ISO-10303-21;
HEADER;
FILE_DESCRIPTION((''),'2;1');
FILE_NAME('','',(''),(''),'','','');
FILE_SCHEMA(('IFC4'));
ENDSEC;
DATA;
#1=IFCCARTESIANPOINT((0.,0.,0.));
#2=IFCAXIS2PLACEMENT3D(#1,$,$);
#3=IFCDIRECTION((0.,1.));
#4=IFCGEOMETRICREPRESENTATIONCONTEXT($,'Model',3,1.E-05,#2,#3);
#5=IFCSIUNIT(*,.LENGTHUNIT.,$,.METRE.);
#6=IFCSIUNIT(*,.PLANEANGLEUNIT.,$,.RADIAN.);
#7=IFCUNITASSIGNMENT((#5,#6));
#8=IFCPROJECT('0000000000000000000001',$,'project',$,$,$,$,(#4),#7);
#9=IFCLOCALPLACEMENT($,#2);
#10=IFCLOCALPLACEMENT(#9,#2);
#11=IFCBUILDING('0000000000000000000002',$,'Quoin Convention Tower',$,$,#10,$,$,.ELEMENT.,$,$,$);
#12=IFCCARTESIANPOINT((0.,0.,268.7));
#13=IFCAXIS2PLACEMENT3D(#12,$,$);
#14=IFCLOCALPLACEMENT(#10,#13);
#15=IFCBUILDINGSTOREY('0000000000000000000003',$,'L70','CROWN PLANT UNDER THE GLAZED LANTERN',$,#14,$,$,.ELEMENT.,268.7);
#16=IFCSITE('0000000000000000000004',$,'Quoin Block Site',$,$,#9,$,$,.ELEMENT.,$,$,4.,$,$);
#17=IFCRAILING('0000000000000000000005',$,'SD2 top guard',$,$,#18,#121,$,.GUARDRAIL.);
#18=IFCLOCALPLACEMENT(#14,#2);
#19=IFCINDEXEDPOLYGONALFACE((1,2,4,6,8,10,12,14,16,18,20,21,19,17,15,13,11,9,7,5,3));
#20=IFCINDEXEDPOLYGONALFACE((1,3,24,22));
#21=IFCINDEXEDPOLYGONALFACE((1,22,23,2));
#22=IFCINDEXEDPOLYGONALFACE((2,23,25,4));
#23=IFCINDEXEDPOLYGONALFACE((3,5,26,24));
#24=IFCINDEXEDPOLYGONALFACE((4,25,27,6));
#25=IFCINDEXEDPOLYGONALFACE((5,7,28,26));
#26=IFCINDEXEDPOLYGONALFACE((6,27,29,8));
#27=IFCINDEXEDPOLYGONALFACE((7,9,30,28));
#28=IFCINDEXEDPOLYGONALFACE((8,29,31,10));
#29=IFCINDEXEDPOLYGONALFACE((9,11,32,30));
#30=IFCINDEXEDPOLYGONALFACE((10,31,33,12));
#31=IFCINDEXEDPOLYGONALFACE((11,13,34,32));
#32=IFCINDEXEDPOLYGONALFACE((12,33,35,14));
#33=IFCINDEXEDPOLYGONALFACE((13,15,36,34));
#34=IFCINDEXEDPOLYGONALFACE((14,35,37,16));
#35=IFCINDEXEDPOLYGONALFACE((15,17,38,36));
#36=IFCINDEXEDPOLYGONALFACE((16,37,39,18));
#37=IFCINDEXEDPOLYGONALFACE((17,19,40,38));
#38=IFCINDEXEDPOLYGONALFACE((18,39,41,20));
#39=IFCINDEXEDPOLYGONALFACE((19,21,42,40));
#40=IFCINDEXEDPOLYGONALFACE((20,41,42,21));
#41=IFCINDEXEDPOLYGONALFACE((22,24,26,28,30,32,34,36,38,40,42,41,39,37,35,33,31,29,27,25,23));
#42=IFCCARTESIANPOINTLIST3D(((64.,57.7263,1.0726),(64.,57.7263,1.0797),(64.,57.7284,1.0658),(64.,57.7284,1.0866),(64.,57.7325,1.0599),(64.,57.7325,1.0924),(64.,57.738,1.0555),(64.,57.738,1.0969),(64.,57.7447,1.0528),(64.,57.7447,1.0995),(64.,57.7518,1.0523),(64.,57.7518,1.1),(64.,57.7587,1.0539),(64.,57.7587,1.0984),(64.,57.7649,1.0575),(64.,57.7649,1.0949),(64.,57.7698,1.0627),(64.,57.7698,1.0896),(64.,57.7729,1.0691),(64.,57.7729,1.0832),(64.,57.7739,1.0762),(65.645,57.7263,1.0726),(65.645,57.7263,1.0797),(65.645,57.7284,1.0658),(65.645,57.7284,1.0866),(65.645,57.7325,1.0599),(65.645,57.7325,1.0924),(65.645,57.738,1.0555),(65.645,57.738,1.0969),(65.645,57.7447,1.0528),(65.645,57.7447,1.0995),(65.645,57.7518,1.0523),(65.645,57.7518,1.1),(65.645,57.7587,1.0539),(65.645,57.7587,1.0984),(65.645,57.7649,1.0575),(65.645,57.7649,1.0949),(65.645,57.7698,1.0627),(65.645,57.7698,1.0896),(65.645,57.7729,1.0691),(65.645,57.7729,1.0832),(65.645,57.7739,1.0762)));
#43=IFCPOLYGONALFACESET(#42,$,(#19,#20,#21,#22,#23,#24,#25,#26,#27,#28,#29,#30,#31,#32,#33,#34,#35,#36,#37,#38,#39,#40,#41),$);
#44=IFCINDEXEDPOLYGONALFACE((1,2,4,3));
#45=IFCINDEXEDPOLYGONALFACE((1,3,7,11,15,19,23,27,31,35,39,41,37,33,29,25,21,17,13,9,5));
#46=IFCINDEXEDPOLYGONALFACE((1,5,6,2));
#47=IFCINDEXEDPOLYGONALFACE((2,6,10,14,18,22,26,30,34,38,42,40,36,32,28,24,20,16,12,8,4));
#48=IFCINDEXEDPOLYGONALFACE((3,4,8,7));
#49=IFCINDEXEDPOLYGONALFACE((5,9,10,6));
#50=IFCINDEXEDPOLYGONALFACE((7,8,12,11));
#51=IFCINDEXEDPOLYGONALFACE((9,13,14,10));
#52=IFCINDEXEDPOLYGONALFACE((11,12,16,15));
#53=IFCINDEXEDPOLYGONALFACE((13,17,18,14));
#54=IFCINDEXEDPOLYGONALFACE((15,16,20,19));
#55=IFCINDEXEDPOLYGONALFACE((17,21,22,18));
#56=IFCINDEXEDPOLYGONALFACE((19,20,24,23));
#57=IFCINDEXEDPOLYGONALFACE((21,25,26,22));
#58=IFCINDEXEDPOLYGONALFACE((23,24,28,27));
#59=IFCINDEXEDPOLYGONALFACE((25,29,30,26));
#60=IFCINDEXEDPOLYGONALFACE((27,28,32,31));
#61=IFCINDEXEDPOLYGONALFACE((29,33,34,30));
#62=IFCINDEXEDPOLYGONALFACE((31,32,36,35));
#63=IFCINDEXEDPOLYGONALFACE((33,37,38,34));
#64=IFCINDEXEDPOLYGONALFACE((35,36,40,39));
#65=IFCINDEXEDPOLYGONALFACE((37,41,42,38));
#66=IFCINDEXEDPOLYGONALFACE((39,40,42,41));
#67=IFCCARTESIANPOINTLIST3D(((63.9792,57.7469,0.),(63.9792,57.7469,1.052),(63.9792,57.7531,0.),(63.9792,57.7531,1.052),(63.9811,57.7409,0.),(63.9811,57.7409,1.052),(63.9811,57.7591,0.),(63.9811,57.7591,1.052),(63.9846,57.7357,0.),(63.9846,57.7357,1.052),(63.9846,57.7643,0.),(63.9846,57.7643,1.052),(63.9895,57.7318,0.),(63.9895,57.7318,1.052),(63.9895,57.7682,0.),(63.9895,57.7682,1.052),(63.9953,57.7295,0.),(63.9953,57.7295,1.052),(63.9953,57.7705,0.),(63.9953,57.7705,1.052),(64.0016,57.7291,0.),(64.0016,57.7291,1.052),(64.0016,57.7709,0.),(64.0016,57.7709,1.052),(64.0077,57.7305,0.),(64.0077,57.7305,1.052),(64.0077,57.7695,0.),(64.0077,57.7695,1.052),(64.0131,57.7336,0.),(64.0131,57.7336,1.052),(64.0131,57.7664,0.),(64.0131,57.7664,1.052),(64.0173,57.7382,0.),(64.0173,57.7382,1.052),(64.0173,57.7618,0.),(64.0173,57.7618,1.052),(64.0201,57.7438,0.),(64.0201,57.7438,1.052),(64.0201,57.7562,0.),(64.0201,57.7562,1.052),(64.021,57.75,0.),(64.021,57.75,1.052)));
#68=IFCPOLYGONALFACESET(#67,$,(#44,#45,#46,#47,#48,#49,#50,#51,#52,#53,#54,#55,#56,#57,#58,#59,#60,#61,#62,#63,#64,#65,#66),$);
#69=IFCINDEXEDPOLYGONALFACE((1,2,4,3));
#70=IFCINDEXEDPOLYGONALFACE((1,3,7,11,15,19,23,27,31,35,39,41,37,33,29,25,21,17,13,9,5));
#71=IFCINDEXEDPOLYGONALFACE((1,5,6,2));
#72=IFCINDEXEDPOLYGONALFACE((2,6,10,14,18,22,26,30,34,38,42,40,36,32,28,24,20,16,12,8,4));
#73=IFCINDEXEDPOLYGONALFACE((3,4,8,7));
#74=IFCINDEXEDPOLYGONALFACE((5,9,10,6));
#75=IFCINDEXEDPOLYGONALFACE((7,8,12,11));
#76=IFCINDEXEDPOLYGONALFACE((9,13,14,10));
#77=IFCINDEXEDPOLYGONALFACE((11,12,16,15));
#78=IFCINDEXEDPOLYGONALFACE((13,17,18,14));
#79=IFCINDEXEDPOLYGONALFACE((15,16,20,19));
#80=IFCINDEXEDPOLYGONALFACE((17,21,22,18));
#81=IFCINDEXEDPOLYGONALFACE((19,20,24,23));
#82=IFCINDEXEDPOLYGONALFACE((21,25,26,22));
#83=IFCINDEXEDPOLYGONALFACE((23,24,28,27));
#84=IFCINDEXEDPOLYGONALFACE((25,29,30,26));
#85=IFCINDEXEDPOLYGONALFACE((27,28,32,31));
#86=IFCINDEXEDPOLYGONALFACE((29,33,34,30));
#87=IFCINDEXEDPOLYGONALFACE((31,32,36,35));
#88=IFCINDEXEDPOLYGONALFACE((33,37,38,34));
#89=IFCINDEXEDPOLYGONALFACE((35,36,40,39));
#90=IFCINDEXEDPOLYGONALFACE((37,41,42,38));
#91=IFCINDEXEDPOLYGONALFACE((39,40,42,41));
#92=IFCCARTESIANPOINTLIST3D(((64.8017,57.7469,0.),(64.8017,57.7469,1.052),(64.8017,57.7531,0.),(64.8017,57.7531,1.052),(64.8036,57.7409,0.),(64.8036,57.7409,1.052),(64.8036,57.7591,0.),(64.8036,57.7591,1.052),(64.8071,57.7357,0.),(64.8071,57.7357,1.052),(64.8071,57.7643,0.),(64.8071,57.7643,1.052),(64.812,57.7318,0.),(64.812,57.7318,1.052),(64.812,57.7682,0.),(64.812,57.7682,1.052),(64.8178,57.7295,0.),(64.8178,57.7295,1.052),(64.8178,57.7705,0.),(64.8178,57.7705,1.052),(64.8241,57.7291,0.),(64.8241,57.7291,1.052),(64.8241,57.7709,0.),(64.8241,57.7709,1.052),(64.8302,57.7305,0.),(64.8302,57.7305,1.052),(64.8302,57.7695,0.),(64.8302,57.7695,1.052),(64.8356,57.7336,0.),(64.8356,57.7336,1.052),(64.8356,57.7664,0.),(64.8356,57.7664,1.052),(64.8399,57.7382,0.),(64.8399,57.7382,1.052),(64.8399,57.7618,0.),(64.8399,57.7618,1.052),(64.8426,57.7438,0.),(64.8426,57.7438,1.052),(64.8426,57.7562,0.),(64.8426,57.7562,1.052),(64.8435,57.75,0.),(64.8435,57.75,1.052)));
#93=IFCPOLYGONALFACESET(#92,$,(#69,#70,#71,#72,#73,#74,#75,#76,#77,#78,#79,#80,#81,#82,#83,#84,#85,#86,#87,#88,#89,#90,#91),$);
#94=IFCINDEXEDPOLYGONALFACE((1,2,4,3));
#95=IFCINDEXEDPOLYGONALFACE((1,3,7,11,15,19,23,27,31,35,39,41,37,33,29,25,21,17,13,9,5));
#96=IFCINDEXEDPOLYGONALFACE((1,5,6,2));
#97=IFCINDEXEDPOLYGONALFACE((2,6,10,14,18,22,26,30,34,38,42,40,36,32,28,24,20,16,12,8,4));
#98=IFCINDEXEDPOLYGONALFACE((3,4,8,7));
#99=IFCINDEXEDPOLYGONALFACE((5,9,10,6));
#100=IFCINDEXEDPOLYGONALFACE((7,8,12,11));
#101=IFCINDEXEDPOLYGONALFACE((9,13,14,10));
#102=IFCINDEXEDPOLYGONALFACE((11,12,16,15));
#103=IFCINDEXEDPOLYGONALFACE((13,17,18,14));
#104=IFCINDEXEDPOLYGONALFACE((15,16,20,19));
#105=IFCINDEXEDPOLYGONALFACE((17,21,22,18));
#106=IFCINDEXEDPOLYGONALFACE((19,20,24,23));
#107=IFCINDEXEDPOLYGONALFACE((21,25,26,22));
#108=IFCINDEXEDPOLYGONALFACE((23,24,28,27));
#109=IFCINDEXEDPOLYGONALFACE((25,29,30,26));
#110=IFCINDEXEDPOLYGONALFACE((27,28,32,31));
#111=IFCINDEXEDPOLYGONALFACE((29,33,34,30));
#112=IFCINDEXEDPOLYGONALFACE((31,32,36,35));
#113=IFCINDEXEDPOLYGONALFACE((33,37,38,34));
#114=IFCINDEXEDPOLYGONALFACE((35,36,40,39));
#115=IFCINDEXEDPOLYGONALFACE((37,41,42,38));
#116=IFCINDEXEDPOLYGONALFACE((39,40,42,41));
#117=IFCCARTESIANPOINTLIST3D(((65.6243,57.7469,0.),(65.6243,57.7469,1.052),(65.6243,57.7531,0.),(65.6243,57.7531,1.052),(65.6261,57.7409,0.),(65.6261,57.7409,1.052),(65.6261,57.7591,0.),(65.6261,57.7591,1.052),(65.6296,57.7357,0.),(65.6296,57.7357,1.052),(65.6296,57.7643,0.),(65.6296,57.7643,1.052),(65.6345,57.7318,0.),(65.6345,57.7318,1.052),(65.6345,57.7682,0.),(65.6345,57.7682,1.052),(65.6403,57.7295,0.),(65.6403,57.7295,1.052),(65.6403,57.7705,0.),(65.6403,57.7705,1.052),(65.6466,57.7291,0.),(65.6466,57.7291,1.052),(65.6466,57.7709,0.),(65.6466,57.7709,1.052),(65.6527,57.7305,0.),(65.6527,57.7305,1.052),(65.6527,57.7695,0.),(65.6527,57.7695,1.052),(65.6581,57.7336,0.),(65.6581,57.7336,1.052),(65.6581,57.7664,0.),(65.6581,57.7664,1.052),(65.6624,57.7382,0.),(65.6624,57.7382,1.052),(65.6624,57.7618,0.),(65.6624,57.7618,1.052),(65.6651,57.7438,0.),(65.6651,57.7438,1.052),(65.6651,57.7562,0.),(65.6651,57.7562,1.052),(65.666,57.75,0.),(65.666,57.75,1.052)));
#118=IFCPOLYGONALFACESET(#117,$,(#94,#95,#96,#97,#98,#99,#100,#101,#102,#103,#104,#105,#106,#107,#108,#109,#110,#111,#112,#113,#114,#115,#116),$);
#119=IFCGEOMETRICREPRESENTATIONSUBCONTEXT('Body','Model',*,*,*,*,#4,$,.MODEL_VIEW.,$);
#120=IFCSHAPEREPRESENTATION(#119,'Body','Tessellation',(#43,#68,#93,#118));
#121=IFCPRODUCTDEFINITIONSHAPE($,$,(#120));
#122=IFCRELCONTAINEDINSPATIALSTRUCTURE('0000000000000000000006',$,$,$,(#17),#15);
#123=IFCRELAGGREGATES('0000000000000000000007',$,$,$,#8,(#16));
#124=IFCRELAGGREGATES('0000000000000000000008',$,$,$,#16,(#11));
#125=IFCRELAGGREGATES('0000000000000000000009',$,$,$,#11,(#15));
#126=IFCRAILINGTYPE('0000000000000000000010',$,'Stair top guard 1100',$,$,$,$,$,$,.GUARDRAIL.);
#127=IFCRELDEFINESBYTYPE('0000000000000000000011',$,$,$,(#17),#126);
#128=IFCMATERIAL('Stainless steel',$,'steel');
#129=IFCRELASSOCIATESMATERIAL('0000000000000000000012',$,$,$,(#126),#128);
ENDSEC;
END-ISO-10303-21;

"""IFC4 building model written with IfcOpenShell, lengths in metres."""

from ifc_helpers import new_model, si_unit, direction, frame, origin, origin_2d, place, context, subcontext, project, spatial, circle, extrude, material, type_object, element, save


model = new_model("IFC4")

# Units and contexts
model_context = context("Model", 3, precision=1e-05, world=origin(), true_north=direction((0.0, 1.0)))
body_context = subcontext(model_context, "Body", "Model", "MODEL_VIEW")
ifc_project = project(units=[si_unit("LENGTHUNIT", "METRE"), si_unit("PLANEANGLEUNIT", "RADIAN")], contexts=[model_context])

# Site, building, storey
site_placement = place(None, origin())
site = spatial("IfcSite", under=ifc_project, at=site_placement, Name="Quoin Block Site", CompositionType="ELEMENT", RefElevation=4.0)
building_placement = place(site_placement, origin())
building = spatial("IfcBuilding", under=site, at=building_placement, Name="Quoin Convention Tower", CompositionType="ELEMENT")
storey_placement = place(building_placement, frame((0.0, 0.0, 268.7)))
storey = spatial("IfcBuildingStorey", under=building, at=storey_placement, Name="L70", Description="CROWN PLANT UNDER THE GLAZED LANTERN", CompositionType="ELEMENT", Elevation=268.7)

# Railing
ifc_material_1 = material(Name="Stainless steel", Category="steel")
railing_type_1 = type_object("IfcRailingType", Name="Stair top guard 1100", PredefinedType="GUARDRAIL", material=ifc_material_1)
railing_1_placement = place(storey_placement, frame((64.0, 57.75, 0.0)))
element("IfcRailing", 1, at=railing_1_placement, inside=storey, type_object=railing_type_1, Name="SD2 top guard", PredefinedType="GUARDRAIL", context=body_context, shape_type="SweptSolid", body=[
    extrude(circle(Radius=0.0239, at=origin_2d()), frame((0.0, 0.0, 1.0762), z_axis=(1.0, 0.0, 0.0), x_axis=(0.0, 1.0, 0.0)), (0.0, 0.0, 1.0), 1.645),
    extrude(circle(Radius=0.021, at=origin_2d()), origin(), (0.0, 0.0, 1.0), 1.052),
    extrude(circle(Radius=0.021, at=origin_2d()), frame((0.8225, 0.0, 0.0)), (0.0, 0.0, 1.0), 1.052),
    extrude(circle(Radius=0.021, at=origin_2d()), frame((1.645, 0.0, 0.0)), (0.0, 0.0, 1.0), 1.052),
])

save(model, "model.ifc")
